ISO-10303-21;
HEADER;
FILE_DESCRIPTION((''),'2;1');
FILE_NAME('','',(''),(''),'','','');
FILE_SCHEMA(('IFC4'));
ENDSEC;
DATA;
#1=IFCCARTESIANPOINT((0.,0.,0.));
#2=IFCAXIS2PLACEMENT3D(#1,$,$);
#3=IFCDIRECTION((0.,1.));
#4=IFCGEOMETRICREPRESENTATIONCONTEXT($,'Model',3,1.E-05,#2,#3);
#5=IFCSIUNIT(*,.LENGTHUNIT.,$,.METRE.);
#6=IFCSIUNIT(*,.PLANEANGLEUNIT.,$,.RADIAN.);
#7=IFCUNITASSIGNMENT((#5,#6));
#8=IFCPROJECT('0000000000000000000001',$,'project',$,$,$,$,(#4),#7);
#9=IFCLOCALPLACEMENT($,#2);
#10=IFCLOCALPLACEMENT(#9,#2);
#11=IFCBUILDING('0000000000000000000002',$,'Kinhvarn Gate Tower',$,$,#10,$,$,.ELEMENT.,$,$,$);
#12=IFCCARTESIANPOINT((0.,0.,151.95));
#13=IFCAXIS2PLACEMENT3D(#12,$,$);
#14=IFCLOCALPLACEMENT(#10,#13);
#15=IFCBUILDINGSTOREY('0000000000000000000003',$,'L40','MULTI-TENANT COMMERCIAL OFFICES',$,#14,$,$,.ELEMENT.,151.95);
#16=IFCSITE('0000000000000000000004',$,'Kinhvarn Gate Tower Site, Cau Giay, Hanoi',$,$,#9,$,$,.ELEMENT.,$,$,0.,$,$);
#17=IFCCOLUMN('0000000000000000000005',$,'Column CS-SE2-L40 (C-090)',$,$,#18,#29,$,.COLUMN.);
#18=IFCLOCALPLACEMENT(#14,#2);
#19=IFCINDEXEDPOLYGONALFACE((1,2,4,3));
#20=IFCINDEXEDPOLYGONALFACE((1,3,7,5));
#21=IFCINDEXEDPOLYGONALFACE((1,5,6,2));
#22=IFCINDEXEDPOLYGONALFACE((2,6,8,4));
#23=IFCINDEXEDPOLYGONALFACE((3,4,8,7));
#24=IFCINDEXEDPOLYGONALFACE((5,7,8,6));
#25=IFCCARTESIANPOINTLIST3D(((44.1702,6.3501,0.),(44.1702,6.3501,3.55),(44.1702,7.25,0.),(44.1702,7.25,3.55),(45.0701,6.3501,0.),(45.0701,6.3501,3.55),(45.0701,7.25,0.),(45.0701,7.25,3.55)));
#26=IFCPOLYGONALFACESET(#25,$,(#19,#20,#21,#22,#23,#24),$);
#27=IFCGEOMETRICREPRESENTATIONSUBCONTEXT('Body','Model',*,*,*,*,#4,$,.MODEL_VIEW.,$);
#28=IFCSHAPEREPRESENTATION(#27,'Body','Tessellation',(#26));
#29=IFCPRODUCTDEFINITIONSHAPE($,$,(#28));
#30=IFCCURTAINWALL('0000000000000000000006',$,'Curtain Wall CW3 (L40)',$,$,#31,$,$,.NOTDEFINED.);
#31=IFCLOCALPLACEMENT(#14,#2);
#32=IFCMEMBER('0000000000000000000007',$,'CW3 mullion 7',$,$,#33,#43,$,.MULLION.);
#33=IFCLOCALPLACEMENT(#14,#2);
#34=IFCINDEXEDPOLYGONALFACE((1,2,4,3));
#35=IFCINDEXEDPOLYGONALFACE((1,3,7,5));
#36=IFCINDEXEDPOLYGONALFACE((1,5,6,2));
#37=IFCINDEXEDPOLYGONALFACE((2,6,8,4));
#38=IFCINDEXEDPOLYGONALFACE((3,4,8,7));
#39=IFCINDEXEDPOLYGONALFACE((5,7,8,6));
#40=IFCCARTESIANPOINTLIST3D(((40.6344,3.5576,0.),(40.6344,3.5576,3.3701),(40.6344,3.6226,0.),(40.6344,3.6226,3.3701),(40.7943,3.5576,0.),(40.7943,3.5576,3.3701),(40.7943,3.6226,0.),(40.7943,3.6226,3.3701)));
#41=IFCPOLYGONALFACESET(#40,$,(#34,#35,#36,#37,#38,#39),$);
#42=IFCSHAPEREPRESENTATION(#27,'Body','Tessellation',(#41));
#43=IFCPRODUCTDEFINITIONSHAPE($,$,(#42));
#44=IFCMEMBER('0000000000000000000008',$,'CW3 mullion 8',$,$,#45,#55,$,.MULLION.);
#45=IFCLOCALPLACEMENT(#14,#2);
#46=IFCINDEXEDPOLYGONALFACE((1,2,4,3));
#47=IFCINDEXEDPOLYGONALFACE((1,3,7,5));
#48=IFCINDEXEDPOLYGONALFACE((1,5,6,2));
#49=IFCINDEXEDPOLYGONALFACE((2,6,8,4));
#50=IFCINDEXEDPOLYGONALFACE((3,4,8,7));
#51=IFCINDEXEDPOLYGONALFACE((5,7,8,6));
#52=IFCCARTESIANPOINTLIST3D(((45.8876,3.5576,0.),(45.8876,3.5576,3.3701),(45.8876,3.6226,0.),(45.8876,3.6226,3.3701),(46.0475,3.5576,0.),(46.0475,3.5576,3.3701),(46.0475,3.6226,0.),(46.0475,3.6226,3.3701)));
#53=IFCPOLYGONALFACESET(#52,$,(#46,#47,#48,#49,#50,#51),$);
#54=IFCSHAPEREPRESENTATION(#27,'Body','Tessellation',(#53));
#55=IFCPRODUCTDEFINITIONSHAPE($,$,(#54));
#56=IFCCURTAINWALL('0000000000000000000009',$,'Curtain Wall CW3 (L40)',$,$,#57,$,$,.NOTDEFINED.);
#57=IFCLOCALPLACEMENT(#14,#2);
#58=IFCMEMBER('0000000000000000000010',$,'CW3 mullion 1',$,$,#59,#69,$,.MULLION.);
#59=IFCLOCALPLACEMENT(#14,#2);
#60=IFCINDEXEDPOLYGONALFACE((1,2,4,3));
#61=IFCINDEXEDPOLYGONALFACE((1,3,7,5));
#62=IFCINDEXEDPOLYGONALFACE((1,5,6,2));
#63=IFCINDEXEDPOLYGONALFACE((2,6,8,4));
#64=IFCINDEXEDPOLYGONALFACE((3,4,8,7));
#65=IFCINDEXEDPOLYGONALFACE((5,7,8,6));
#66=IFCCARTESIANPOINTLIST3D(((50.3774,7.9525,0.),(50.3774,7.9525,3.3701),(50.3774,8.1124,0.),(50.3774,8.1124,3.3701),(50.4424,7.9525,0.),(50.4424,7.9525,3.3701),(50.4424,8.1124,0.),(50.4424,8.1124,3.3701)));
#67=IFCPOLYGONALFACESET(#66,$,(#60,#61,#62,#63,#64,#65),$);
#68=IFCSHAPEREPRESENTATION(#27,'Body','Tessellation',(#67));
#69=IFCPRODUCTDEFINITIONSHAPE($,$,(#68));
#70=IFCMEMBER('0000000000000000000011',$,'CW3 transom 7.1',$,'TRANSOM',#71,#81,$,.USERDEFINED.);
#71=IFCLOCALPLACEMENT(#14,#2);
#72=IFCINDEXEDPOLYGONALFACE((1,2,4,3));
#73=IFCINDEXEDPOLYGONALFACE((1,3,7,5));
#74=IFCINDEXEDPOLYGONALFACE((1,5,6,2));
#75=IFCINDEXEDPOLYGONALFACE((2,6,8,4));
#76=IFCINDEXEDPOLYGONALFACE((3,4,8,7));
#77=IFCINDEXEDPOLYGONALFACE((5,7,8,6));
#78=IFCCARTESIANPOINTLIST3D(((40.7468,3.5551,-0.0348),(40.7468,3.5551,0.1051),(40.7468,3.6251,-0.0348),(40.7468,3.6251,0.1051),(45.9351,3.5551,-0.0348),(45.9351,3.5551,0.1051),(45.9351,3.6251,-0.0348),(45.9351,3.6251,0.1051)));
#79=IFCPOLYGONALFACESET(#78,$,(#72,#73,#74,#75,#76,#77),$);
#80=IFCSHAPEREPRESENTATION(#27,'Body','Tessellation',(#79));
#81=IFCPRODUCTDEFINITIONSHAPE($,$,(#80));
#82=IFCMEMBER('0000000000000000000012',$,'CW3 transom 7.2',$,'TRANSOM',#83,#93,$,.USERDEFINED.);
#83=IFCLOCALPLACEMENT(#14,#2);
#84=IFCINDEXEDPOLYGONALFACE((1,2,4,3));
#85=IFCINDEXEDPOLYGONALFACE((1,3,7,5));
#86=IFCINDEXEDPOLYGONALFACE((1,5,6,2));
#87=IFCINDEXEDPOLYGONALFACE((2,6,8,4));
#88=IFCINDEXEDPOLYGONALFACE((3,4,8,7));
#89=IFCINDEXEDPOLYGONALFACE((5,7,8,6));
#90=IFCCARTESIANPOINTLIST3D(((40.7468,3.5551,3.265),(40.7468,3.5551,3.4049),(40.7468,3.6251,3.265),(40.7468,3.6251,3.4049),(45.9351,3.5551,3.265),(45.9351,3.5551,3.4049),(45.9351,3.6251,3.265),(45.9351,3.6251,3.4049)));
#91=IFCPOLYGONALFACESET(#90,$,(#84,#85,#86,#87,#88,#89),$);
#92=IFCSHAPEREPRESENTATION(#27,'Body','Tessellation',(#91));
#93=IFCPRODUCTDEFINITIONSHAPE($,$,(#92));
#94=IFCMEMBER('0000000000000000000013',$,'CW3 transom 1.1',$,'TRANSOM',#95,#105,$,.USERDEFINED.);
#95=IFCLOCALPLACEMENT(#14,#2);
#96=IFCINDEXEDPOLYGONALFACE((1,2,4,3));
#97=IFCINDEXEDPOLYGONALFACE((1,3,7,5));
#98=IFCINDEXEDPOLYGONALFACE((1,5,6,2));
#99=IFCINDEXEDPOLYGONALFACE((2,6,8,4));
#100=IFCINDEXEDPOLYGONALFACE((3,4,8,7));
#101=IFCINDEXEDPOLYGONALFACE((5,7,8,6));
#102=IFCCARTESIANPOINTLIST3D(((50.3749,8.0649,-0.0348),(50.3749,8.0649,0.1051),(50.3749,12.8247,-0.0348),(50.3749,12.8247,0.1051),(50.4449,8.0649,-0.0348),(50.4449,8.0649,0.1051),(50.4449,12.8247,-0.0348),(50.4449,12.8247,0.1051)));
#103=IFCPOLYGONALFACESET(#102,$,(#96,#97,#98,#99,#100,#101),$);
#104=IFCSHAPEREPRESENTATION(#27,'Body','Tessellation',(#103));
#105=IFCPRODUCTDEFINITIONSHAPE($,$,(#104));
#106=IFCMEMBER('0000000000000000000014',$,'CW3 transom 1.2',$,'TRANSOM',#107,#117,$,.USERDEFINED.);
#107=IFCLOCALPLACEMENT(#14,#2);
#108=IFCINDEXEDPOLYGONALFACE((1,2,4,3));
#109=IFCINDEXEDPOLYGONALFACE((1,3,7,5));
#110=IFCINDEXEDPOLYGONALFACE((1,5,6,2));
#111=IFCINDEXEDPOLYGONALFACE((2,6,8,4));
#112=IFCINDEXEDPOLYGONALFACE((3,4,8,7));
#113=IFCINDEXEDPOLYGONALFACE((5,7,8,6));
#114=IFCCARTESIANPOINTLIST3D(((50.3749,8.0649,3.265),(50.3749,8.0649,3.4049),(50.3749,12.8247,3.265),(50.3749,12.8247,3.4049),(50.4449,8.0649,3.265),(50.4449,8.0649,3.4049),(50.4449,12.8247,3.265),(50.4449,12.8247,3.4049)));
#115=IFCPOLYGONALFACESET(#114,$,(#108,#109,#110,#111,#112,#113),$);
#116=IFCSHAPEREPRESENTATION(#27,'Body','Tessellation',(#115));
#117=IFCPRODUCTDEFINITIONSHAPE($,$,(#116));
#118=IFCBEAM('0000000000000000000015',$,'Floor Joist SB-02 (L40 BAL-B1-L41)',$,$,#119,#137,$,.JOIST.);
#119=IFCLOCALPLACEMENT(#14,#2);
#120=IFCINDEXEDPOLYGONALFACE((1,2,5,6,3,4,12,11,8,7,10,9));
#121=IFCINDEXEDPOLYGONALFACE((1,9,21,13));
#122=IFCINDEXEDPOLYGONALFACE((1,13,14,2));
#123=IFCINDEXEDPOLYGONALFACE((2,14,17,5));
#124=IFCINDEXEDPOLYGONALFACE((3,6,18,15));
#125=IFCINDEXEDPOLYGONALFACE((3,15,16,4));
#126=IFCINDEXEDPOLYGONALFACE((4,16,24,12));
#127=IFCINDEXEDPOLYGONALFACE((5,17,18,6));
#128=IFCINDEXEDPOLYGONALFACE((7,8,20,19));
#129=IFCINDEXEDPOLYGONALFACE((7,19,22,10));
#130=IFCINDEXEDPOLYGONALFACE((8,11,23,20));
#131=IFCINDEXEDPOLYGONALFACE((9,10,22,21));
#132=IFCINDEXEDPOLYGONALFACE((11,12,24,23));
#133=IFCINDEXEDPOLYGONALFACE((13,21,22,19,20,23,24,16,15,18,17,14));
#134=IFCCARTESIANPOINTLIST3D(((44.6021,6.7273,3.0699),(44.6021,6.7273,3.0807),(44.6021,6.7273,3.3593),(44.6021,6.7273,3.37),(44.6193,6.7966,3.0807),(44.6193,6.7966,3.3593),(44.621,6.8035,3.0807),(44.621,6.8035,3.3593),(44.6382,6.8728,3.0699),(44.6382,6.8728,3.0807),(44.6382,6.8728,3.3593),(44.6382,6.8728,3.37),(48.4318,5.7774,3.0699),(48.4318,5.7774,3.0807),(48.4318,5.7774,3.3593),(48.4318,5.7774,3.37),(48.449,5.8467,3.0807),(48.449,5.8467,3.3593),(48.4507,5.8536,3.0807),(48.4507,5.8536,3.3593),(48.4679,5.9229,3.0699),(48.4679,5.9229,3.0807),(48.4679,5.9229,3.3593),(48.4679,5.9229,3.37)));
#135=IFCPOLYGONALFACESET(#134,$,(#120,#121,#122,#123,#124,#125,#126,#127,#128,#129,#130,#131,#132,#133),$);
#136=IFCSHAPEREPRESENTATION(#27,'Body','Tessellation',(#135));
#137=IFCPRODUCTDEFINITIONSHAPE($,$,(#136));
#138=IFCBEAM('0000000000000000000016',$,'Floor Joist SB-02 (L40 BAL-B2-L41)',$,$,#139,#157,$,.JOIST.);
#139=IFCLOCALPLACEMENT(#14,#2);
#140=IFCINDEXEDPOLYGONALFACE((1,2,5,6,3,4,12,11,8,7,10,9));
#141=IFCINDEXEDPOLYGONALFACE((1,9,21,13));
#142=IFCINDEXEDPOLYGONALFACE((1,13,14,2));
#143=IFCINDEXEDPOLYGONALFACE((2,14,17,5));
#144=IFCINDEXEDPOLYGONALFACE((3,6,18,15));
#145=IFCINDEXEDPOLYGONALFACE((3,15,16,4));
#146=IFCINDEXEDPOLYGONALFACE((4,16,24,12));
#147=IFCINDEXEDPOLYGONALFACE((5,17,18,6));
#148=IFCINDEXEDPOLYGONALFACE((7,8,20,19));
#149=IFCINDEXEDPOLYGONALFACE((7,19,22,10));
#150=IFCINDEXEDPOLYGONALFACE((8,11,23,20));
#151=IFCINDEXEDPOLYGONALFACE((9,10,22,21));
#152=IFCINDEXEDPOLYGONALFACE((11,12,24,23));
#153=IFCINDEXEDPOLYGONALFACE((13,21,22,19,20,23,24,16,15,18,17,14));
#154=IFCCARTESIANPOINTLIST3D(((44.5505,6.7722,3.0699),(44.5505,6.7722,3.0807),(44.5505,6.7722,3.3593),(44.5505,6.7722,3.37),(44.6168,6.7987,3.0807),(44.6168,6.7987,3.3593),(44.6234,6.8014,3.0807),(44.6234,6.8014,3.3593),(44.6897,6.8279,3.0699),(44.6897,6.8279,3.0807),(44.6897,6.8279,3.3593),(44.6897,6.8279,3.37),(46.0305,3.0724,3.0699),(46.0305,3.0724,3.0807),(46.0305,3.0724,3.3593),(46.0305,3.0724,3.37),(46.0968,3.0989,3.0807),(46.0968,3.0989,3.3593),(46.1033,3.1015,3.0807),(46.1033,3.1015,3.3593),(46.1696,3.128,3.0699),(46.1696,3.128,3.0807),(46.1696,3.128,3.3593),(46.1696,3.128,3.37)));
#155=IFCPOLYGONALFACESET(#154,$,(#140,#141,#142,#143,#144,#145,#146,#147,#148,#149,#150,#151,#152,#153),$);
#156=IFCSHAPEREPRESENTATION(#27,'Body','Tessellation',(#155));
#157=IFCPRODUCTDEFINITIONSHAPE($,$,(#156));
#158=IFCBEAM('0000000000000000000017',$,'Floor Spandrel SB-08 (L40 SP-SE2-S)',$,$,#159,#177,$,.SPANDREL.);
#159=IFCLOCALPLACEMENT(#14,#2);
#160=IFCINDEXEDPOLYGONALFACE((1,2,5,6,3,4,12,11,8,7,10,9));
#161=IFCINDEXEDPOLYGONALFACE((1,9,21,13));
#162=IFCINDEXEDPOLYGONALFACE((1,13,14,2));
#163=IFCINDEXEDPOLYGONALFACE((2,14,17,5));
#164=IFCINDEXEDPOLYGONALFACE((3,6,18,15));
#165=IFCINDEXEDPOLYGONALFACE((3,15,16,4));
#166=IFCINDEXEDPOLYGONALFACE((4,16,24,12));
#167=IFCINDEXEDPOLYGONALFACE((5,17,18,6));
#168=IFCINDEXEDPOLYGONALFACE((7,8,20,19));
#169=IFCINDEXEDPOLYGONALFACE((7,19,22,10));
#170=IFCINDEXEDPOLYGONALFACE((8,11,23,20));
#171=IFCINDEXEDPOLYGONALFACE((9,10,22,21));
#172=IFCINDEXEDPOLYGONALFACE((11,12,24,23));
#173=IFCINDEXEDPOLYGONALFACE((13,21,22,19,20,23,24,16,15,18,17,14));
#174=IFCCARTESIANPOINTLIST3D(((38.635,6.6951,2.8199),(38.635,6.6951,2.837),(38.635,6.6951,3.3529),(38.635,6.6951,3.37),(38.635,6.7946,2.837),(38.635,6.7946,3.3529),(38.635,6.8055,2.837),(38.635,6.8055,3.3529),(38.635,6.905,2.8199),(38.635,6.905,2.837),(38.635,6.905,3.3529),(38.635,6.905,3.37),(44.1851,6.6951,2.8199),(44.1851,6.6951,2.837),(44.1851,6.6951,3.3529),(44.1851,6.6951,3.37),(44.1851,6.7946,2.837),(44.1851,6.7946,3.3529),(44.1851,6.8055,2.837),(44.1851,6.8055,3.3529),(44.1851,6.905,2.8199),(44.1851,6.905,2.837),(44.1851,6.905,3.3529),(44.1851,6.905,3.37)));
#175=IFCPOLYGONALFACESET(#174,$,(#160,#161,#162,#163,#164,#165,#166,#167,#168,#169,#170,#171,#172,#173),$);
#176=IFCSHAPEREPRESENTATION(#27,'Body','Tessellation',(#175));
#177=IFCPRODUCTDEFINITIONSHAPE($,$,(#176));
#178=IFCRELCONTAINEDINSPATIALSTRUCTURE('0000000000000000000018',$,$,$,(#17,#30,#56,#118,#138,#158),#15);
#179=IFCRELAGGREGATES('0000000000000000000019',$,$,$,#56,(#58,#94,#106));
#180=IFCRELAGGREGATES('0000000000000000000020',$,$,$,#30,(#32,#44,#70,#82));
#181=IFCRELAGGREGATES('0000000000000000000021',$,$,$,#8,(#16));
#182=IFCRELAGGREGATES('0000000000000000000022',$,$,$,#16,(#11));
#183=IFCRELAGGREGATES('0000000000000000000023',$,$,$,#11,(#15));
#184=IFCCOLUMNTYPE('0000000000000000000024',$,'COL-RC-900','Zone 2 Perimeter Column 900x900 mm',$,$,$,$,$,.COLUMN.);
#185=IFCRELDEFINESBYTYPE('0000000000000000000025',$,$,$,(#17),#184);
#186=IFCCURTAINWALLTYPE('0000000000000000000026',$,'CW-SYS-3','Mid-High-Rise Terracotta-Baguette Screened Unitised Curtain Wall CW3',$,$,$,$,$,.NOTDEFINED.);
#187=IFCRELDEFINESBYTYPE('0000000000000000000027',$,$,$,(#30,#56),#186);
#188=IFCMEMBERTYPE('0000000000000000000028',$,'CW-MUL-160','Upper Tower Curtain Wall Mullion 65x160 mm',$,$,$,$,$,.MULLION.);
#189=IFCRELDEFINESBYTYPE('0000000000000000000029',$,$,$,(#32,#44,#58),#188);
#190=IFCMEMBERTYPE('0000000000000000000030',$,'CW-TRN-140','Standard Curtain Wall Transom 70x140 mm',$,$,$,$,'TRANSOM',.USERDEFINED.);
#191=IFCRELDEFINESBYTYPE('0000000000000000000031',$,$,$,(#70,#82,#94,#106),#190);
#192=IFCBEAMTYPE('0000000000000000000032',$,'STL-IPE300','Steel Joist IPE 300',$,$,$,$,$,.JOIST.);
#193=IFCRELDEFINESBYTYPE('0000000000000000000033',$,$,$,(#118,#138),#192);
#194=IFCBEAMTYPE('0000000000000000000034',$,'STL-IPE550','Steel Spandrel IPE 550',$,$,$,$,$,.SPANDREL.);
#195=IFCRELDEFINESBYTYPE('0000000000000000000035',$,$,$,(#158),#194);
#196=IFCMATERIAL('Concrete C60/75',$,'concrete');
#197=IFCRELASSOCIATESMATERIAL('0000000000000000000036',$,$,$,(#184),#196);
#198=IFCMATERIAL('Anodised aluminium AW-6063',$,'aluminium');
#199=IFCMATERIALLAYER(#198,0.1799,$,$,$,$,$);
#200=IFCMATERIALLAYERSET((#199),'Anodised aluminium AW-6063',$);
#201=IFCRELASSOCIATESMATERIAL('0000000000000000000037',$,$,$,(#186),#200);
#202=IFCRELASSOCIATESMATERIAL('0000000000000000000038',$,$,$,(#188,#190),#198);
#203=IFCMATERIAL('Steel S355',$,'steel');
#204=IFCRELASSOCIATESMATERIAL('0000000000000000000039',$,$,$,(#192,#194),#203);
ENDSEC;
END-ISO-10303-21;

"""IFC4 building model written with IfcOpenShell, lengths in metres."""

from ifc_helpers import new_model, si_unit, direction, frame, origin, origin_2d, place, context, subcontext, project, spatial, rectangle, i_section, extrude, material, layer, layer_set, material_profile, profile_set, type_object, element, aggregate, save


model = new_model("IFC4")

# Units and contexts
model_context = context("Model", 3, precision=1e-05, world=origin(), true_north=direction((0.0, 1.0)))
body_context = subcontext(model_context, "Body", "Model", "MODEL_VIEW")
ifc_project = project(units=[si_unit("LENGTHUNIT", "METRE"), si_unit("PLANEANGLEUNIT", "RADIAN")], contexts=[model_context])

# Site, building, storey
site_placement = place(None, origin())
site = spatial("IfcSite", under=ifc_project, at=site_placement, Name="Kinhvarn Gate Tower Site, Cau Giay, Hanoi", CompositionType="ELEMENT", RefElevation=0.0)
building_placement = place(site_placement, origin())
building = spatial("IfcBuilding", under=site, at=building_placement, Name="Kinhvarn Gate Tower", CompositionType="ELEMENT")
storey_placement = place(building_placement, frame((0.0, 0.0, 151.95)))
storey = spatial("IfcBuildingStorey", under=building, at=storey_placement, Name="L40", Description="MULTI-TENANT COMMERCIAL OFFICES", CompositionType="ELEMENT", Elevation=151.95)

# Column
ifc_material_1 = material(Name="Concrete C60/75", Category="concrete")
ifc_material_profile_1 = material_profile(ifc_material_1, rectangle(XDim=0.8999, YDim=0.8999, at=origin_2d()), Name="RC 900x900")
ifc_profile_set_1 = profile_set([ifc_material_profile_1], Name="Concrete C60/75")
column_type = type_object("IfcColumnType", Name="COL-RC-900", Description="Zone 2 Perimeter Column 900x900 mm", PredefinedType="COLUMN", material=ifc_profile_set_1)
column_placement = place(storey_placement, frame((44.6201, 6.8, 0.0), z_axis=(0.0, 0.0, 1.0), x_axis=(1.0, 0.0, 0.0)))
element("IfcColumn", 1, at=column_placement, inside=storey, type_object=column_type, Name="Column CS-SE2-L40 (C-090)", PredefinedType="COLUMN", context=body_context, shape_type="SweptSolid", body=[
    extrude(rectangle(XDim=0.8999, YDim=0.8999, at=origin_2d()), origin(), (0.0, 0.0, 1.0), 3.55),
])

# Curtain wall, members
ifc_material_2 = material(Name="Anodised aluminium AW-6063", Category="aluminium")
ifc_layer_1 = layer(ifc_material_2, 0.1799)
ifc_layer_set_1 = layer_set([ifc_layer_1], Name="Anodised aluminium AW-6063")
curtain_wall_type = type_object("IfcCurtainWallType", Name="CW-SYS-3", Description="Mid-High-Rise Terracotta-Baguette Screened Unitised Curtain Wall CW3", PredefinedType="NOTDEFINED", material=ifc_layer_set_1)
curtain_wall_1_placement = place(storey_placement, origin())
curtain_wall_1 = element("IfcCurtainWall", 2, at=curtain_wall_1_placement, inside=storey, type_object=curtain_wall_type, Name="Curtain Wall CW3 (L40)", PredefinedType="NOTDEFINED")
ifc_material_profile_2 = material_profile(ifc_material_2, rectangle(XDim=0.0649, YDim=0.1599, at=origin_2d()), Name="ALU 65x160")
ifc_profile_set_2 = profile_set([ifc_material_profile_2], Name="Anodised aluminium AW-6063")
member_type_1 = type_object("IfcMemberType", Name="CW-MUL-160", Description="Upper Tower Curtain Wall Mullion 65x160 mm", PredefinedType="MULLION", material=ifc_profile_set_2)
member_1_placement = place(storey_placement, frame((40.7144, 3.5901, 0.0), z_axis=(0.0, 0.0, 1.0), x_axis=(0.0, 1.0, 0.0)))
member_1 = element("IfcMember", 3, at=member_1_placement, type_object=member_type_1, Name="CW3 mullion 7", PredefinedType="MULLION", context=body_context, shape_type="SweptSolid", body=[
    extrude(rectangle(XDim=0.0649, YDim=0.1599, at=origin_2d()), origin(), (0.0, 0.0, 1.0), 3.3701),
])
member_2_placement = place(storey_placement, frame((45.9675, 3.5901, 0.0), z_axis=(0.0, 0.0, 1.0), x_axis=(0.0, 1.0, 0.0)))
member_2 = element("IfcMember", 4, at=member_2_placement, type_object=member_type_1, Name="CW3 mullion 8", PredefinedType="MULLION", context=body_context, shape_type="SweptSolid", body=[
    extrude(rectangle(XDim=0.0649, YDim=0.1599, at=origin_2d()), origin(), (0.0, 0.0, 1.0), 3.3701),
])

# Curtain wall, member
curtain_wall_2_placement = place(storey_placement, origin())
curtain_wall_2 = element("IfcCurtainWall", 5, at=curtain_wall_2_placement, inside=storey, type_object=curtain_wall_type, Name="Curtain Wall CW3 (L40)", PredefinedType="NOTDEFINED")
member_3_placement = place(storey_placement, frame((50.4099, 8.0325, 0.0), z_axis=(0.0, 0.0, 1.0), x_axis=(-1.0, 0.0, 0.0)))
member_3 = element("IfcMember", 6, at=member_3_placement, type_object=member_type_1, Name="CW3 mullion 1", PredefinedType="MULLION", context=body_context, shape_type="SweptSolid", body=[
    extrude(rectangle(XDim=0.0649, YDim=0.1599, at=origin_2d()), origin(), (0.0, 0.0, 1.0), 3.3701),
])

# Members
ifc_material_profile_3 = material_profile(ifc_material_2, rectangle(XDim=0.0701, YDim=0.1399, at=origin_2d()), Name="ALU 70x140")
ifc_profile_set_3 = profile_set([ifc_material_profile_3], Name="Anodised aluminium AW-6063")
member_type_2 = type_object("IfcMemberType", Name="CW-TRN-140", Description="Standard Curtain Wall Transom 70x140 mm", ElementType="TRANSOM", PredefinedType="USERDEFINED", material=ifc_profile_set_3)
member_4_placement = place(storey_placement, frame((40.7468, 3.5901, 0.0352), z_axis=(1.0, 0.0, 0.0), x_axis=(0.0, 1.0, 0.0)))
member_4 = element("IfcMember", 7, at=member_4_placement, type_object=member_type_2, Name="CW3 transom 7.1", ObjectType="TRANSOM", PredefinedType="USERDEFINED", context=body_context, shape_type="SweptSolid", body=[
    extrude(rectangle(XDim=0.0701, YDim=0.1399, at=origin_2d()), origin(), (0.0, 0.0, 1.0), 5.1882),
])
member_5_placement = place(storey_placement, frame((40.7468, 3.5901, 3.335), z_axis=(1.0, 0.0, 0.0), x_axis=(0.0, 1.0, 0.0)))
member_5 = element("IfcMember", 8, at=member_5_placement, type_object=member_type_2, Name="CW3 transom 7.2", ObjectType="TRANSOM", PredefinedType="USERDEFINED", context=body_context, shape_type="SweptSolid", body=[
    extrude(rectangle(XDim=0.0701, YDim=0.1399, at=origin_2d()), origin(), (0.0, 0.0, 1.0), 5.1882),
])
member_6_placement = place(storey_placement, frame((50.4099, 8.0649, 0.0352), z_axis=(0.0, 1.0, 0.0), x_axis=(-1.0, 0.0, 0.0)))
member_6 = element("IfcMember", 9, at=member_6_placement, type_object=member_type_2, Name="CW3 transom 1.1", ObjectType="TRANSOM", PredefinedType="USERDEFINED", context=body_context, shape_type="SweptSolid", body=[
    extrude(rectangle(XDim=0.0701, YDim=0.1399, at=origin_2d()), origin(), (0.0, 0.0, 1.0), 4.7598),
])
member_7_placement = place(storey_placement, frame((50.4099, 8.0649, 3.335), z_axis=(0.0, 1.0, 0.0), x_axis=(-1.0, 0.0, 0.0)))
member_7 = element("IfcMember", 10, at=member_7_placement, type_object=member_type_2, Name="CW3 transom 1.2", ObjectType="TRANSOM", PredefinedType="USERDEFINED", context=body_context, shape_type="SweptSolid", body=[
    extrude(rectangle(XDim=0.0701, YDim=0.1399, at=origin_2d()), origin(), (0.0, 0.0, 1.0), 4.7598),
])
aggregate(curtain_wall_2, [member_3, member_6, member_7])

# Beams
ifc_material_3 = material(Name="Steel S355", Category="steel")
ifc_material_profile_4 = material_profile(ifc_material_3, i_section(OverallWidth=0.1499, OverallDepth=0.3, WebThickness=0.0071, FlangeThickness=0.0107, at=origin_2d()), Name="IPE 300")
ifc_profile_set_4 = profile_set([ifc_material_profile_4], Name="Steel S355")
beam_type_1 = type_object("IfcBeamType", Name="STL-IPE300", Description="Steel Joist IPE 300", PredefinedType="JOIST", material=ifc_profile_set_4)
beam_1_placement = place(storey_placement, frame((44.6201, 6.8, 3.22), z_axis=(0.970589, -0.240745, 0.0), x_axis=(0.240745, 0.970589, 0.0)))
element("IfcBeam", 11, at=beam_1_placement, inside=storey, type_object=beam_type_1, Name="Floor Joist SB-02 (L40 BAL-B1-L41)", PredefinedType="JOIST", context=body_context, shape_type="SweptSolid", body=[
    extrude(i_section(OverallWidth=0.1499, OverallDepth=0.3, WebThickness=0.0071, FlangeThickness=0.0107, at=origin_2d()), origin(), (0.0, 0.0, 1.0), 3.9458),
])
beam_2_placement = place(storey_placement, frame((44.6201, 6.8, 3.22), z_axis=(0.371391, -0.928477, 0.0), x_axis=(0.928477, 0.371391, 0.0)))
element("IfcBeam", 12, at=beam_2_placement, inside=storey, type_object=beam_type_1, Name="Floor Joist SB-02 (L40 BAL-B2-L41)", PredefinedType="JOIST", context=body_context, shape_type="SweptSolid", body=[
    extrude(i_section(OverallWidth=0.1499, OverallDepth=0.3, WebThickness=0.0071, FlangeThickness=0.0107, at=origin_2d()), origin(), (0.0, 0.0, 1.0), 3.9849),
])
ifc_material_profile_5 = material_profile(ifc_material_3, i_section(OverallWidth=0.21, OverallDepth=0.55, WebThickness=0.011, FlangeThickness=0.0171, at=origin_2d()), Name="IPE 550")
ifc_profile_set_5 = profile_set([ifc_material_profile_5], Name="Steel S355")
beam_type_2 = type_object("IfcBeamType", Name="STL-IPE550", Description="Steel Spandrel IPE 550", PredefinedType="SPANDREL", material=ifc_profile_set_5)
beam_3_placement = place(storey_placement, frame((38.635, 6.8, 3.095), z_axis=(1.0, 0.0, 0.0), x_axis=(0.0, 1.0, 0.0)))
element("IfcBeam", 13, at=beam_3_placement, inside=storey, type_object=beam_type_2, Name="Floor Spandrel SB-08 (L40 SP-SE2-S)", PredefinedType="SPANDREL", context=body_context, shape_type="SweptSolid", body=[
    extrude(i_section(OverallWidth=0.21, OverallDepth=0.55, WebThickness=0.011, FlangeThickness=0.0171, at=origin_2d()), origin(), (0.0, 0.0, 1.0), 5.55),
])

aggregate(curtain_wall_1, [member_1, member_2, member_4, member_5])

save(model, "model.ifc")
